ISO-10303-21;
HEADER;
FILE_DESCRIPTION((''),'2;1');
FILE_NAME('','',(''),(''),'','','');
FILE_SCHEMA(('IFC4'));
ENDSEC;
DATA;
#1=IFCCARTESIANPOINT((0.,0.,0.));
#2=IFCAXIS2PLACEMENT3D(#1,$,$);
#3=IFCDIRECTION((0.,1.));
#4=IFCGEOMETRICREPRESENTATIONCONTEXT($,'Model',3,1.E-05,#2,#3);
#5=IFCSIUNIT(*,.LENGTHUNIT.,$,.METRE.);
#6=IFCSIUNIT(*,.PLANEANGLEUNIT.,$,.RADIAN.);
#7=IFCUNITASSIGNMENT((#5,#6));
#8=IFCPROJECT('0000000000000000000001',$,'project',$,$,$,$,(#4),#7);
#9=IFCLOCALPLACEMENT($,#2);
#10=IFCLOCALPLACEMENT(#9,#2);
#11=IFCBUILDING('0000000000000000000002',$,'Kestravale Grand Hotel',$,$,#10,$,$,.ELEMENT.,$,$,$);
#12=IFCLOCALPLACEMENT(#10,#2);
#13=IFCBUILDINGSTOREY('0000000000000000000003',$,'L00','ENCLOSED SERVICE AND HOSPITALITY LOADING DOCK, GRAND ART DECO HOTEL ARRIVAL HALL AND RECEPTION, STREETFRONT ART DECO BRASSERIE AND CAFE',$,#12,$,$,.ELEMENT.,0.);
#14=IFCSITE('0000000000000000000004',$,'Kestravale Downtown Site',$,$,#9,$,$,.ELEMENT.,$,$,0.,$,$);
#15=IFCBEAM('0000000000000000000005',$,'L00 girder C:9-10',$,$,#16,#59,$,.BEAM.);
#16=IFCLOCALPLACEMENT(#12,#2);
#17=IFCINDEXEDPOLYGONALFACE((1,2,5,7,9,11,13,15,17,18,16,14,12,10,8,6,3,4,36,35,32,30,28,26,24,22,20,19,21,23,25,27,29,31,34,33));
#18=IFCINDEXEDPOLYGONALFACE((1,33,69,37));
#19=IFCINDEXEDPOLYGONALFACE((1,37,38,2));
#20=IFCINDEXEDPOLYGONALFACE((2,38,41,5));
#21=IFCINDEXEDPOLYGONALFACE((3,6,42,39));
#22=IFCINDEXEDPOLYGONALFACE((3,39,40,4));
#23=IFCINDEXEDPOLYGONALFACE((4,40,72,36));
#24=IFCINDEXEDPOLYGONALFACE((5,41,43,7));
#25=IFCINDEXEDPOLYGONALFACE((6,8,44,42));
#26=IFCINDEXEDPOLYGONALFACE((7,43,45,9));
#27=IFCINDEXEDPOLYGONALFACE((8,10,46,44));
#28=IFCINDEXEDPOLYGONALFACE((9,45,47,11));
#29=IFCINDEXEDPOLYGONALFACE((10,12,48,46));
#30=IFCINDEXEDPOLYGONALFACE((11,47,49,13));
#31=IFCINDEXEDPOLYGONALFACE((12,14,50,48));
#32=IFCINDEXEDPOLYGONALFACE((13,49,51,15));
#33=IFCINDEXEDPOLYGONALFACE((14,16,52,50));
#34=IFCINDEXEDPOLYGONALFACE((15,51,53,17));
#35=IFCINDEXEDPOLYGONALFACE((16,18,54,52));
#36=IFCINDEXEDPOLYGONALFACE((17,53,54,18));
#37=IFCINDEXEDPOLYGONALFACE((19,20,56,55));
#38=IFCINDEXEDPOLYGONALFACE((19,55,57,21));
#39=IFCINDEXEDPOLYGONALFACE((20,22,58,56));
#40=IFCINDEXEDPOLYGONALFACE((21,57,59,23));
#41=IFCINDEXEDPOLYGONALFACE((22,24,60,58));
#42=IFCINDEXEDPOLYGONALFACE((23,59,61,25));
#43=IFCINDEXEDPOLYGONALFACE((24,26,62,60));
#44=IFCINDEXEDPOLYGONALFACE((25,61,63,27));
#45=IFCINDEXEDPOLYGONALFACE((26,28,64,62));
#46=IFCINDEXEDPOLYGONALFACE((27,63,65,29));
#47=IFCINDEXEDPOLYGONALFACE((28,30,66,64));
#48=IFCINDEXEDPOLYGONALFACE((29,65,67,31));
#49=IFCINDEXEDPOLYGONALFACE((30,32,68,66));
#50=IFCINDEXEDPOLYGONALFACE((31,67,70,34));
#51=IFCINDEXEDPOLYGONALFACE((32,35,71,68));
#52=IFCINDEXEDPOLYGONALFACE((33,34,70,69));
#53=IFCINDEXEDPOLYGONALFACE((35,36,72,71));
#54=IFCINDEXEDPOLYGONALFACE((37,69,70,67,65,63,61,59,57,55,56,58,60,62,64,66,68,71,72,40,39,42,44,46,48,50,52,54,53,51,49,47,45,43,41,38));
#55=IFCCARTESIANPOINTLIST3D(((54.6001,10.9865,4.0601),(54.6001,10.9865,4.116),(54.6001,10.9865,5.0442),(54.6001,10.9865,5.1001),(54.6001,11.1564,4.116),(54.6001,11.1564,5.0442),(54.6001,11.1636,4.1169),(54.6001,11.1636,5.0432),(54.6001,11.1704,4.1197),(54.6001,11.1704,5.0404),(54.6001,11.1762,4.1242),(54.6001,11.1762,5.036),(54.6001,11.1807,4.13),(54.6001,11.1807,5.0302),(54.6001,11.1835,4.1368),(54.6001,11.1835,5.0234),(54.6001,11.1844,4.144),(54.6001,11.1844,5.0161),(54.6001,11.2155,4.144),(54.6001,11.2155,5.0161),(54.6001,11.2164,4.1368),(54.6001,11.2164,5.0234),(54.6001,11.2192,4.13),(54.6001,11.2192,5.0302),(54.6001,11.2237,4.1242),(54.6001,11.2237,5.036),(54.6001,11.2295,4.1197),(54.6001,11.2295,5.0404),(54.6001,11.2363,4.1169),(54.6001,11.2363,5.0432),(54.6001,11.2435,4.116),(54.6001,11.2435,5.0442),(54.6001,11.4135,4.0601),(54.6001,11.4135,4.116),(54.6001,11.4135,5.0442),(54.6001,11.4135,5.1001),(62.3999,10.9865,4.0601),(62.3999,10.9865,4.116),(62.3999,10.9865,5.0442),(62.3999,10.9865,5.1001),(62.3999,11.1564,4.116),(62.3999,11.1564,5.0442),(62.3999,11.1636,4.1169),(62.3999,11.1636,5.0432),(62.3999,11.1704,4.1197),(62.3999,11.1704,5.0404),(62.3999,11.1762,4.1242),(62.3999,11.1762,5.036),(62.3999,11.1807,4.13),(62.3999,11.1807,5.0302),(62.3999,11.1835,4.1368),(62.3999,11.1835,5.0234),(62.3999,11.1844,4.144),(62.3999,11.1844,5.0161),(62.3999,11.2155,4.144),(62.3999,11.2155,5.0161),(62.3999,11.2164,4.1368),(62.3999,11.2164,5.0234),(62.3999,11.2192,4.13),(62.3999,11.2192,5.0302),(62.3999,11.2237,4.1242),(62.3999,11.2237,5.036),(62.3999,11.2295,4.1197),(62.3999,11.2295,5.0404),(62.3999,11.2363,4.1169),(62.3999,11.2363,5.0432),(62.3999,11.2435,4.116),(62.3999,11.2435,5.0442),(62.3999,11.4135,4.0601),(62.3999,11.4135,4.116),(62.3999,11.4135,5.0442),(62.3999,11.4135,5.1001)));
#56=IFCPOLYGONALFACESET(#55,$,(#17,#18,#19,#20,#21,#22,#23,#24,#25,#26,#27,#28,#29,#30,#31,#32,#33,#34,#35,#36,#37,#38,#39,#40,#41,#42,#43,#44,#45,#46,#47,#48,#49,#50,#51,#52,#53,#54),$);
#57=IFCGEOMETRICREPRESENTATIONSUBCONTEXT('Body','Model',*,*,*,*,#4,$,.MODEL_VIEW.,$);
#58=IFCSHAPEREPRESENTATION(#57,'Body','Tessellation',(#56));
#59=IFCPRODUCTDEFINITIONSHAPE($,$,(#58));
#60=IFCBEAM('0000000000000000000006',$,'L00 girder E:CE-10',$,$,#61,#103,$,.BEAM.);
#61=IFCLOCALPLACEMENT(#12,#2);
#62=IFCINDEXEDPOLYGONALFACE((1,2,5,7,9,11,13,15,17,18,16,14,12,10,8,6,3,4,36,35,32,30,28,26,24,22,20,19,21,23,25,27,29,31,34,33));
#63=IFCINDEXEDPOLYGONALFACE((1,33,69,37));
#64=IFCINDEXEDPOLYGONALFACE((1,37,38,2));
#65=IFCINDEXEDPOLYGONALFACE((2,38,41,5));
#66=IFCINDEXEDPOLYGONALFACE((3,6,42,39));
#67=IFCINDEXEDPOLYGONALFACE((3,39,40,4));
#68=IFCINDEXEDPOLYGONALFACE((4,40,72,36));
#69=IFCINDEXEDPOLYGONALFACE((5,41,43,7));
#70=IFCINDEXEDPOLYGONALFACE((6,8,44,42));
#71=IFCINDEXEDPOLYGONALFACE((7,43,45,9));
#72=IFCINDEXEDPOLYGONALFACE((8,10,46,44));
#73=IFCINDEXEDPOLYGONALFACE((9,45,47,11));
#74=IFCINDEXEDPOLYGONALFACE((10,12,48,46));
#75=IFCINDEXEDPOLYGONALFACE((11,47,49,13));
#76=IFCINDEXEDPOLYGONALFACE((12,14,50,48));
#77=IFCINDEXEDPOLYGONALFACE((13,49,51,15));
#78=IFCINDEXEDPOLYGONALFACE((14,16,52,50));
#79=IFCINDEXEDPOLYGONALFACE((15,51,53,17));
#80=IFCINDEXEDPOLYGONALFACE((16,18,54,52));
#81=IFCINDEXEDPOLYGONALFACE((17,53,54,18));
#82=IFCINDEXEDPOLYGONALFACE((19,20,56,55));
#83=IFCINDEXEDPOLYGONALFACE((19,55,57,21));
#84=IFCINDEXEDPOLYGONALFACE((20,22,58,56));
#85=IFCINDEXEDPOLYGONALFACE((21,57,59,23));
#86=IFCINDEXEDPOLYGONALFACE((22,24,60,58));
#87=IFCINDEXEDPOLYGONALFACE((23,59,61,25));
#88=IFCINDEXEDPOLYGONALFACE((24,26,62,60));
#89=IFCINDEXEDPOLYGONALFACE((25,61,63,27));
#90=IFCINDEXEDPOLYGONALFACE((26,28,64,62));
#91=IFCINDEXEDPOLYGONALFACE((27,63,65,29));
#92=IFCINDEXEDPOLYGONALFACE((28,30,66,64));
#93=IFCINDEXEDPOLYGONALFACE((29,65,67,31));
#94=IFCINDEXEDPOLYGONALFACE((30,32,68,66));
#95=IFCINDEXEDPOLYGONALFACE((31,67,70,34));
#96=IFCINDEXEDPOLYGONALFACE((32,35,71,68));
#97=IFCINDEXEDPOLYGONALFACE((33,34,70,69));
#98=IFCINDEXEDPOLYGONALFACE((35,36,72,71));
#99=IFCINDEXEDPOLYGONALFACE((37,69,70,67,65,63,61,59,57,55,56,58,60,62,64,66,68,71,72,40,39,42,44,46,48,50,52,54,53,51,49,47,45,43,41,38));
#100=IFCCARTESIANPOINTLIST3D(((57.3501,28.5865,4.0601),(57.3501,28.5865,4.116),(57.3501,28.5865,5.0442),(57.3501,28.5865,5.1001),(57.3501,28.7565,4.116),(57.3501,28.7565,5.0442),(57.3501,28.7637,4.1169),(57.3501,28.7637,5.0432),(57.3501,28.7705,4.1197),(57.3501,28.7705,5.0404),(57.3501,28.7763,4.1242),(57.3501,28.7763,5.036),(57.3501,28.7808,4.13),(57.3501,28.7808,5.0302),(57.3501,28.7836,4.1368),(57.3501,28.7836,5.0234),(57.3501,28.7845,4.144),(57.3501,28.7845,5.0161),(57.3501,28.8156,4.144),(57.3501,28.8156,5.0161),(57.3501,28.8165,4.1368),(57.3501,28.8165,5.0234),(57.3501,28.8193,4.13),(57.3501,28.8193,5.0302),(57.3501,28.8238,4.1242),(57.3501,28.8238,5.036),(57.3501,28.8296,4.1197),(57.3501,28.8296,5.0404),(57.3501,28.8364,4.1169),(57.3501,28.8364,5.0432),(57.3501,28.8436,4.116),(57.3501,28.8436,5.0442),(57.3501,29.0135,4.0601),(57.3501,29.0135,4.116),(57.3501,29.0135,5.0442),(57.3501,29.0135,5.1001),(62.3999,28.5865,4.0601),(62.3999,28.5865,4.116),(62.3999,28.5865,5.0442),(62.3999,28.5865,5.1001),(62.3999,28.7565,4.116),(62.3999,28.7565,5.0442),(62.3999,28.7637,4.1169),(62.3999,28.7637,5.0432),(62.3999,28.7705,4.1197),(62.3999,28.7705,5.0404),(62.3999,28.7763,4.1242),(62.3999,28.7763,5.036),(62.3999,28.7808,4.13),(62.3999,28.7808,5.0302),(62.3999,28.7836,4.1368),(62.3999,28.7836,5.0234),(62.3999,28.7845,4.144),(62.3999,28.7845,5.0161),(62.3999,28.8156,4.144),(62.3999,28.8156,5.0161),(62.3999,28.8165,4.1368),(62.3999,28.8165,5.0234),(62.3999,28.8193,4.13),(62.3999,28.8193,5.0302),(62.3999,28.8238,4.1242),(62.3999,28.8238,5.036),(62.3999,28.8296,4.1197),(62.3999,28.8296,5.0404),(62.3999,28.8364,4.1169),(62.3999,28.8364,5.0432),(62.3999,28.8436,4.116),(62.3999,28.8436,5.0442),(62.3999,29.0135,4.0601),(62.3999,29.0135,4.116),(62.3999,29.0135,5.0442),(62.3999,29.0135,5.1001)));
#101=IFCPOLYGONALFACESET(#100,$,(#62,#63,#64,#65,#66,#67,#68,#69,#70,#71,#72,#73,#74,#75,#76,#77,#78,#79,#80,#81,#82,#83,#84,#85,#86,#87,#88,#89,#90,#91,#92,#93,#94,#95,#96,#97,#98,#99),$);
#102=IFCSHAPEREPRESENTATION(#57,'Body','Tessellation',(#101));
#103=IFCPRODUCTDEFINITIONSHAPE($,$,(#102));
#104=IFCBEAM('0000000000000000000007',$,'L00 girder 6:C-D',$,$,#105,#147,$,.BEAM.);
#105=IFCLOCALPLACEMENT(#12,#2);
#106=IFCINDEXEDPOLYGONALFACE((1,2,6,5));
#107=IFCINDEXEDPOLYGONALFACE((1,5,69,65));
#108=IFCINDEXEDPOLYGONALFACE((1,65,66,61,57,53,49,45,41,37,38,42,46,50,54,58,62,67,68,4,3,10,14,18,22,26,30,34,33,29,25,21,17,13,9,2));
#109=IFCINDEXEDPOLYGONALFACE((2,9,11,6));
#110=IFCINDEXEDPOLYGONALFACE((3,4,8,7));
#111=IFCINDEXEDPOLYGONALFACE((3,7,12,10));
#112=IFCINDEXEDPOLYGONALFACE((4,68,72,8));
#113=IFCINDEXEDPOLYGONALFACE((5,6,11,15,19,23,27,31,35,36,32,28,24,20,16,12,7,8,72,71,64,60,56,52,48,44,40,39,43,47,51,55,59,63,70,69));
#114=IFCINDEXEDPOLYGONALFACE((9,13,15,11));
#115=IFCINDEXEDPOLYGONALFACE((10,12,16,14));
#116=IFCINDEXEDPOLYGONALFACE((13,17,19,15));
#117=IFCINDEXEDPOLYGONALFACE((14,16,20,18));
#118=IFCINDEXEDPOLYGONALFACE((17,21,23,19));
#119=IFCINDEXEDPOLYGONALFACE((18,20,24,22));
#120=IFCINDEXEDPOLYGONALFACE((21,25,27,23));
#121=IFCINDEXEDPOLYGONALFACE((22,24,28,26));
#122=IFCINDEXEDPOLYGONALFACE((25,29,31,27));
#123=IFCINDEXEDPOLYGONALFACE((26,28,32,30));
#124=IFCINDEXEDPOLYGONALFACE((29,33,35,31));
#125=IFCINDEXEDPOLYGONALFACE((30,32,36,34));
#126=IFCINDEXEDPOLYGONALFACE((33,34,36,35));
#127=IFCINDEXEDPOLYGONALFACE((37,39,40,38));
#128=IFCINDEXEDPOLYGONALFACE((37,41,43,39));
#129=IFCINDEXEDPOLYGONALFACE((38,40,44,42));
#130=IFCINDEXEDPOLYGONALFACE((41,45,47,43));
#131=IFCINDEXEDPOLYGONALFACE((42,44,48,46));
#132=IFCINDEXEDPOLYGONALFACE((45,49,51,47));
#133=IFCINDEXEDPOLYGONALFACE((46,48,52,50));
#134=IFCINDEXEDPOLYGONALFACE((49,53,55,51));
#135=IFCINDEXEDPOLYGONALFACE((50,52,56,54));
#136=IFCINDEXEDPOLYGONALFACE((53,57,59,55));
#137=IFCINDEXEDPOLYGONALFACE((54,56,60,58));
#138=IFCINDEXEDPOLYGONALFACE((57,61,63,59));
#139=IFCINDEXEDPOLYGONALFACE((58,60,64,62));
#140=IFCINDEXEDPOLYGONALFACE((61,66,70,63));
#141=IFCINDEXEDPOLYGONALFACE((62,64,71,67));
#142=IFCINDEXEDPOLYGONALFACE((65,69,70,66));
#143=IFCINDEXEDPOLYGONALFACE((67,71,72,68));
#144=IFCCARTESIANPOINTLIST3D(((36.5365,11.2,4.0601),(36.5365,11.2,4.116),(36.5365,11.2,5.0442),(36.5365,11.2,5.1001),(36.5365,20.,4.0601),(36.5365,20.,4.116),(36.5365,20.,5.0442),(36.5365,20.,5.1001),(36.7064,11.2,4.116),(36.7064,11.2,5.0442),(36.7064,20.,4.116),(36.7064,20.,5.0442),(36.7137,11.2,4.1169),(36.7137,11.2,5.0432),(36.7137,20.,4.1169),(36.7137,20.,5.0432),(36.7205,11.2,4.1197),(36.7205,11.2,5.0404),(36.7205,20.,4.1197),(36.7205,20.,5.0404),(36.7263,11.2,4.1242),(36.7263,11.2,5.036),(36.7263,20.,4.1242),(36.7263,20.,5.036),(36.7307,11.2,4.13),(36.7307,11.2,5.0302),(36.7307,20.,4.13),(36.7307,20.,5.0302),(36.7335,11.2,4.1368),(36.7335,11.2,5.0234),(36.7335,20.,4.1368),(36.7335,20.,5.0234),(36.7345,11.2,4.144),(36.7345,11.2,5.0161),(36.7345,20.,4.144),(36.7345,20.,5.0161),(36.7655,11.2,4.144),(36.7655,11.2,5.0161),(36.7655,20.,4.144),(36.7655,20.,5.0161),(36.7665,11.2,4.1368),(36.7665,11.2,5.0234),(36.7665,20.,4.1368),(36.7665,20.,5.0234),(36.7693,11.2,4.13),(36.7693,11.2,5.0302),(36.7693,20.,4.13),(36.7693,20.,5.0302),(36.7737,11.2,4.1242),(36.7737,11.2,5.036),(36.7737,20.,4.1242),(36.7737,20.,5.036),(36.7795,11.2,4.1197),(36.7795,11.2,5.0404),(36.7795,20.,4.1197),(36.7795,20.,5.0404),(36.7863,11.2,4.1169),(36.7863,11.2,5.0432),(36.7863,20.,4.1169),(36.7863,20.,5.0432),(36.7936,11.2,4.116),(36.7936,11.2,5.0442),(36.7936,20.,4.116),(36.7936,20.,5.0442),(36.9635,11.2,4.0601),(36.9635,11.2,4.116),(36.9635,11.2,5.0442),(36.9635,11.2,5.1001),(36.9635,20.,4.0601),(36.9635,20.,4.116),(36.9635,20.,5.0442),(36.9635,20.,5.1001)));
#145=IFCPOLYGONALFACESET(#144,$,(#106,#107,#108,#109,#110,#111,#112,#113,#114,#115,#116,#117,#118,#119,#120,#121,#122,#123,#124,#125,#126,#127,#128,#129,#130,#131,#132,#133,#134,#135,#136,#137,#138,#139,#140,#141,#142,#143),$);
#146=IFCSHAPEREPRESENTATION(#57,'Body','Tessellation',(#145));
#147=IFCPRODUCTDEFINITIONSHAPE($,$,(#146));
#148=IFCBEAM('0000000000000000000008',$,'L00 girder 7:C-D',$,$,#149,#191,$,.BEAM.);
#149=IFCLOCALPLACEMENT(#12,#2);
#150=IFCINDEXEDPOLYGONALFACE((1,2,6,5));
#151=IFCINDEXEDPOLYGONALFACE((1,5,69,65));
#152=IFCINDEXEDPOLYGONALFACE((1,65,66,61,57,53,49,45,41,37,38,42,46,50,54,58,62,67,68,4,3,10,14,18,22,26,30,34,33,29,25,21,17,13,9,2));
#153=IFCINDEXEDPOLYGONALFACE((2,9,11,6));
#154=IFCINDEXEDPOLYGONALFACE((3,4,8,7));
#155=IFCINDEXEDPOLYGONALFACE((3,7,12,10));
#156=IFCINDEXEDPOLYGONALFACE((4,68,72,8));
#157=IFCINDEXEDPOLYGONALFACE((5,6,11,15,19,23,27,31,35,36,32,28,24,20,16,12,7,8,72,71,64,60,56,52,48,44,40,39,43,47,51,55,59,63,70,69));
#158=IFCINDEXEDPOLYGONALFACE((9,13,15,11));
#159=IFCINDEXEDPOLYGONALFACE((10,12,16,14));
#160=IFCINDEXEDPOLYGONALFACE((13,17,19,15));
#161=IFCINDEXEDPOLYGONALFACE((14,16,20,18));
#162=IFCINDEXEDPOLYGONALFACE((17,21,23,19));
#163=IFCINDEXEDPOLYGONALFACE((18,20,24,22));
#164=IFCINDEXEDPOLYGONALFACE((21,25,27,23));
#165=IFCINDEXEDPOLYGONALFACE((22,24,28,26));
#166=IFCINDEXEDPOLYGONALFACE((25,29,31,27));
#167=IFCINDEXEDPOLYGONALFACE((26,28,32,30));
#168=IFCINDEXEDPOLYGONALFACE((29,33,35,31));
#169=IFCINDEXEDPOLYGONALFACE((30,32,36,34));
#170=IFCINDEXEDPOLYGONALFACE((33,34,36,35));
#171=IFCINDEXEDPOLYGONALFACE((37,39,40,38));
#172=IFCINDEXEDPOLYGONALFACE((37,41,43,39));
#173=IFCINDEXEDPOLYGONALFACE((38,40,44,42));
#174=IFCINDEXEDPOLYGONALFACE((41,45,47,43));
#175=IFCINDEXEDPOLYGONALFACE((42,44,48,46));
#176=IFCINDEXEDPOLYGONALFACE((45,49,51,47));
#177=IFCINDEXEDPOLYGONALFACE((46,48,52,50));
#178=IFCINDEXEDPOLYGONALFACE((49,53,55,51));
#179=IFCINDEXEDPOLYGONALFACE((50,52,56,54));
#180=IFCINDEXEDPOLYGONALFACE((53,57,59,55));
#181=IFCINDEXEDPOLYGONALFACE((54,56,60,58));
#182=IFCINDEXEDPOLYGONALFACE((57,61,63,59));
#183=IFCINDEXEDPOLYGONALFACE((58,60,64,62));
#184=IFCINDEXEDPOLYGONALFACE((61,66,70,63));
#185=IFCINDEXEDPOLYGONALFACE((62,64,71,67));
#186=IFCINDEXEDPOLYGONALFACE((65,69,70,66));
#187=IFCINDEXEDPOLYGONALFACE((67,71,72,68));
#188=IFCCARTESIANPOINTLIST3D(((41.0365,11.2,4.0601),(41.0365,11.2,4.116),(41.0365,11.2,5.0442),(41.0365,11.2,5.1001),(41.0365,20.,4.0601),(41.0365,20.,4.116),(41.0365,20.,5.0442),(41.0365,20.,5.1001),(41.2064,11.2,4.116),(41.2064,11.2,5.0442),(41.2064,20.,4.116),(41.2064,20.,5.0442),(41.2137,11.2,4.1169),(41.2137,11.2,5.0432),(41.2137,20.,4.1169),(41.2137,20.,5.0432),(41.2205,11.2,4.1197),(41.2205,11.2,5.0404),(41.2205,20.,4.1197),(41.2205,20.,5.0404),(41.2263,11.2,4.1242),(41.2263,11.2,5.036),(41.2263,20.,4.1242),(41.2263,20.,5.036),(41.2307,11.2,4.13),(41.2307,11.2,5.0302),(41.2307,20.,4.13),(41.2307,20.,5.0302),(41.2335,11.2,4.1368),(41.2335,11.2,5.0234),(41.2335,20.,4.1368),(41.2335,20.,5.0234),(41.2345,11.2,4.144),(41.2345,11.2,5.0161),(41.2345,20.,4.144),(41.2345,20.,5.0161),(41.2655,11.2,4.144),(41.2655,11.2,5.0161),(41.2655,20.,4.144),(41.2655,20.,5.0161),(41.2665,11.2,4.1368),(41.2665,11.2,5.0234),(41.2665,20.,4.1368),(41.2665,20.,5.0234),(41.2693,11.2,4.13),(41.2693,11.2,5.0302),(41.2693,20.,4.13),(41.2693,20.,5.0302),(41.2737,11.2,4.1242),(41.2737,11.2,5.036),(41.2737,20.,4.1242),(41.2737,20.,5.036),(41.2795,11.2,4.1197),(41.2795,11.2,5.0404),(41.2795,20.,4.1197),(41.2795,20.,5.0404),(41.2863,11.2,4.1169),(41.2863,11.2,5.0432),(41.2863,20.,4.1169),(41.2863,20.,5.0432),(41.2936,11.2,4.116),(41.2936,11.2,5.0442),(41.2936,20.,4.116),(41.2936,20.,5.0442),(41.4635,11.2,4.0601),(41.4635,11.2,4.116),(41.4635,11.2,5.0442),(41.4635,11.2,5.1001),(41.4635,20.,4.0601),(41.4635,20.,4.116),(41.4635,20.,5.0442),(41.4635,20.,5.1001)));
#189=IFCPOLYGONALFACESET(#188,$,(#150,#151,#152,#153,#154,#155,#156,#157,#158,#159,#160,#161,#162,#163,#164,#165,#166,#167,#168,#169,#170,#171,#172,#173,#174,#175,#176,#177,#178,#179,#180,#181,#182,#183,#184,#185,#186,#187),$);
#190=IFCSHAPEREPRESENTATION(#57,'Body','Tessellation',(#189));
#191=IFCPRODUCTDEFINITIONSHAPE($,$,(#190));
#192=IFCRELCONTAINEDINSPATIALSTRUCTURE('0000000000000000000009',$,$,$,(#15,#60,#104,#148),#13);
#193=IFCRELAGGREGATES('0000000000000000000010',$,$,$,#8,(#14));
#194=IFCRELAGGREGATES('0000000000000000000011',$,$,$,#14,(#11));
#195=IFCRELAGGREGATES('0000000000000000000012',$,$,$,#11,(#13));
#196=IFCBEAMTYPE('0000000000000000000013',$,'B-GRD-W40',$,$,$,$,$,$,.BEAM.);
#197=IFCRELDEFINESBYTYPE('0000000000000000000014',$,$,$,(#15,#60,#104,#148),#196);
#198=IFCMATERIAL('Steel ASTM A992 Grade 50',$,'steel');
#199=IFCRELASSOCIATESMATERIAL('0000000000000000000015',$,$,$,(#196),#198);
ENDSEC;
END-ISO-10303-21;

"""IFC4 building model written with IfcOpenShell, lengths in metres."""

from ifc_helpers import new_model, si_unit, direction, frame, origin, origin_2d, place, context, subcontext, project, spatial, i_section, extrude, material, material_profile, profile_set, type_object, element, save


model = new_model("IFC4")

# Units and contexts
model_context = context("Model", 3, precision=1e-05, world=origin(), true_north=direction((0.0, 1.0)))
body_context = subcontext(model_context, "Body", "Model", "MODEL_VIEW")
ifc_project = project(units=[si_unit("LENGTHUNIT", "METRE"), si_unit("PLANEANGLEUNIT", "RADIAN")], contexts=[model_context])

# Site, building, storey
site_placement = place(None, origin())
site = spatial("IfcSite", under=ifc_project, at=site_placement, Name="Kestravale Downtown Site", CompositionType="ELEMENT", RefElevation=0.0)
building_placement = place(site_placement, origin())
building = spatial("IfcBuilding", under=site, at=building_placement, Name="Kestravale Grand Hotel", CompositionType="ELEMENT")
storey_placement = place(building_placement, origin())
storey = spatial("IfcBuildingStorey", under=building, at=storey_placement, Name="L00", Description="ENCLOSED SERVICE AND HOSPITALITY LOADING DOCK, GRAND ART DECO HOTEL ARRIVAL HALL AND RECEPTION, STREETFRONT ART DECO BRASSERIE AND CAFE", CompositionType="ELEMENT", Elevation=0.0)

# Beams
ifc_material_1 = material(Name="Steel ASTM A992 Grade 50", Category="steel")
ifc_material_profile_1 = material_profile(ifc_material_1, i_section(OverallWidth=0.427, OverallDepth=1.04, WebThickness=0.031, FlangeThickness=0.0559, FilletRadius=0.0281, at=origin_2d()))
ifc_profile_set_1 = profile_set([ifc_material_profile_1], Name="Steel ASTM A992 Grade 50")
beam_type = type_object("IfcBeamType", Name="B-GRD-W40", PredefinedType="BEAM", material=ifc_profile_set_1)
beam_1_placement = place(storey_placement, frame((54.6001, 11.2, 4.5801), z_axis=(1.0, 0.0, 0.0), x_axis=(0.0, 1.0, 0.0)))
element("IfcBeam", 1, at=beam_1_placement, inside=storey, type_object=beam_type, Name="L00 girder C:9-10", PredefinedType="BEAM", context=body_context, shape_type="SweptSolid", body=[
    extrude(i_section(OverallWidth=0.427, OverallDepth=1.04, WebThickness=0.031, FlangeThickness=0.0559, FilletRadius=0.0281, at=origin_2d()), origin(), (0.0, 0.0, 1.0), 7.7998),
])
beam_2_placement = place(storey_placement, frame((57.3501, 28.8, 4.5801), z_axis=(1.0, 0.0, 0.0), x_axis=(0.0, 1.0, 0.0)))
element("IfcBeam", 2, at=beam_2_placement, inside=storey, type_object=beam_type, Name="L00 girder E:CE-10", PredefinedType="BEAM", context=body_context, shape_type="SweptSolid", body=[
    extrude(i_section(OverallWidth=0.427, OverallDepth=1.04, WebThickness=0.031, FlangeThickness=0.0559, FilletRadius=0.0281, at=origin_2d()), origin(), (0.0, 0.0, 1.0), 5.0498),
])
for number, where, z_axis, x_axis, name in (
    (3, (36.75, 11.2, 4.5801), (0.0, 1.0, 0.0), (-1.0, 0.0, 0.0), "L00 girder 6:C-D"),
    (4, (41.25, 11.2, 4.5801), (0.0, 1.0, 0.0), (-1.0, 0.0, 0.0), "L00 girder 7:C-D"),
):
    element("IfcBeam", number, at=place(storey_placement, frame(where, z_axis=z_axis, x_axis=x_axis)), inside=storey, type_object=beam_type, Name=name, PredefinedType="BEAM", context=body_context, shape_type="SweptSolid", body=[
        extrude(i_section(OverallWidth=0.427, OverallDepth=1.04, WebThickness=0.031, FlangeThickness=0.0559, FilletRadius=0.0281, at=origin_2d()), origin(), (0.0, 0.0, 1.0), 8.8),
    ])

save(model, "model.ifc")
